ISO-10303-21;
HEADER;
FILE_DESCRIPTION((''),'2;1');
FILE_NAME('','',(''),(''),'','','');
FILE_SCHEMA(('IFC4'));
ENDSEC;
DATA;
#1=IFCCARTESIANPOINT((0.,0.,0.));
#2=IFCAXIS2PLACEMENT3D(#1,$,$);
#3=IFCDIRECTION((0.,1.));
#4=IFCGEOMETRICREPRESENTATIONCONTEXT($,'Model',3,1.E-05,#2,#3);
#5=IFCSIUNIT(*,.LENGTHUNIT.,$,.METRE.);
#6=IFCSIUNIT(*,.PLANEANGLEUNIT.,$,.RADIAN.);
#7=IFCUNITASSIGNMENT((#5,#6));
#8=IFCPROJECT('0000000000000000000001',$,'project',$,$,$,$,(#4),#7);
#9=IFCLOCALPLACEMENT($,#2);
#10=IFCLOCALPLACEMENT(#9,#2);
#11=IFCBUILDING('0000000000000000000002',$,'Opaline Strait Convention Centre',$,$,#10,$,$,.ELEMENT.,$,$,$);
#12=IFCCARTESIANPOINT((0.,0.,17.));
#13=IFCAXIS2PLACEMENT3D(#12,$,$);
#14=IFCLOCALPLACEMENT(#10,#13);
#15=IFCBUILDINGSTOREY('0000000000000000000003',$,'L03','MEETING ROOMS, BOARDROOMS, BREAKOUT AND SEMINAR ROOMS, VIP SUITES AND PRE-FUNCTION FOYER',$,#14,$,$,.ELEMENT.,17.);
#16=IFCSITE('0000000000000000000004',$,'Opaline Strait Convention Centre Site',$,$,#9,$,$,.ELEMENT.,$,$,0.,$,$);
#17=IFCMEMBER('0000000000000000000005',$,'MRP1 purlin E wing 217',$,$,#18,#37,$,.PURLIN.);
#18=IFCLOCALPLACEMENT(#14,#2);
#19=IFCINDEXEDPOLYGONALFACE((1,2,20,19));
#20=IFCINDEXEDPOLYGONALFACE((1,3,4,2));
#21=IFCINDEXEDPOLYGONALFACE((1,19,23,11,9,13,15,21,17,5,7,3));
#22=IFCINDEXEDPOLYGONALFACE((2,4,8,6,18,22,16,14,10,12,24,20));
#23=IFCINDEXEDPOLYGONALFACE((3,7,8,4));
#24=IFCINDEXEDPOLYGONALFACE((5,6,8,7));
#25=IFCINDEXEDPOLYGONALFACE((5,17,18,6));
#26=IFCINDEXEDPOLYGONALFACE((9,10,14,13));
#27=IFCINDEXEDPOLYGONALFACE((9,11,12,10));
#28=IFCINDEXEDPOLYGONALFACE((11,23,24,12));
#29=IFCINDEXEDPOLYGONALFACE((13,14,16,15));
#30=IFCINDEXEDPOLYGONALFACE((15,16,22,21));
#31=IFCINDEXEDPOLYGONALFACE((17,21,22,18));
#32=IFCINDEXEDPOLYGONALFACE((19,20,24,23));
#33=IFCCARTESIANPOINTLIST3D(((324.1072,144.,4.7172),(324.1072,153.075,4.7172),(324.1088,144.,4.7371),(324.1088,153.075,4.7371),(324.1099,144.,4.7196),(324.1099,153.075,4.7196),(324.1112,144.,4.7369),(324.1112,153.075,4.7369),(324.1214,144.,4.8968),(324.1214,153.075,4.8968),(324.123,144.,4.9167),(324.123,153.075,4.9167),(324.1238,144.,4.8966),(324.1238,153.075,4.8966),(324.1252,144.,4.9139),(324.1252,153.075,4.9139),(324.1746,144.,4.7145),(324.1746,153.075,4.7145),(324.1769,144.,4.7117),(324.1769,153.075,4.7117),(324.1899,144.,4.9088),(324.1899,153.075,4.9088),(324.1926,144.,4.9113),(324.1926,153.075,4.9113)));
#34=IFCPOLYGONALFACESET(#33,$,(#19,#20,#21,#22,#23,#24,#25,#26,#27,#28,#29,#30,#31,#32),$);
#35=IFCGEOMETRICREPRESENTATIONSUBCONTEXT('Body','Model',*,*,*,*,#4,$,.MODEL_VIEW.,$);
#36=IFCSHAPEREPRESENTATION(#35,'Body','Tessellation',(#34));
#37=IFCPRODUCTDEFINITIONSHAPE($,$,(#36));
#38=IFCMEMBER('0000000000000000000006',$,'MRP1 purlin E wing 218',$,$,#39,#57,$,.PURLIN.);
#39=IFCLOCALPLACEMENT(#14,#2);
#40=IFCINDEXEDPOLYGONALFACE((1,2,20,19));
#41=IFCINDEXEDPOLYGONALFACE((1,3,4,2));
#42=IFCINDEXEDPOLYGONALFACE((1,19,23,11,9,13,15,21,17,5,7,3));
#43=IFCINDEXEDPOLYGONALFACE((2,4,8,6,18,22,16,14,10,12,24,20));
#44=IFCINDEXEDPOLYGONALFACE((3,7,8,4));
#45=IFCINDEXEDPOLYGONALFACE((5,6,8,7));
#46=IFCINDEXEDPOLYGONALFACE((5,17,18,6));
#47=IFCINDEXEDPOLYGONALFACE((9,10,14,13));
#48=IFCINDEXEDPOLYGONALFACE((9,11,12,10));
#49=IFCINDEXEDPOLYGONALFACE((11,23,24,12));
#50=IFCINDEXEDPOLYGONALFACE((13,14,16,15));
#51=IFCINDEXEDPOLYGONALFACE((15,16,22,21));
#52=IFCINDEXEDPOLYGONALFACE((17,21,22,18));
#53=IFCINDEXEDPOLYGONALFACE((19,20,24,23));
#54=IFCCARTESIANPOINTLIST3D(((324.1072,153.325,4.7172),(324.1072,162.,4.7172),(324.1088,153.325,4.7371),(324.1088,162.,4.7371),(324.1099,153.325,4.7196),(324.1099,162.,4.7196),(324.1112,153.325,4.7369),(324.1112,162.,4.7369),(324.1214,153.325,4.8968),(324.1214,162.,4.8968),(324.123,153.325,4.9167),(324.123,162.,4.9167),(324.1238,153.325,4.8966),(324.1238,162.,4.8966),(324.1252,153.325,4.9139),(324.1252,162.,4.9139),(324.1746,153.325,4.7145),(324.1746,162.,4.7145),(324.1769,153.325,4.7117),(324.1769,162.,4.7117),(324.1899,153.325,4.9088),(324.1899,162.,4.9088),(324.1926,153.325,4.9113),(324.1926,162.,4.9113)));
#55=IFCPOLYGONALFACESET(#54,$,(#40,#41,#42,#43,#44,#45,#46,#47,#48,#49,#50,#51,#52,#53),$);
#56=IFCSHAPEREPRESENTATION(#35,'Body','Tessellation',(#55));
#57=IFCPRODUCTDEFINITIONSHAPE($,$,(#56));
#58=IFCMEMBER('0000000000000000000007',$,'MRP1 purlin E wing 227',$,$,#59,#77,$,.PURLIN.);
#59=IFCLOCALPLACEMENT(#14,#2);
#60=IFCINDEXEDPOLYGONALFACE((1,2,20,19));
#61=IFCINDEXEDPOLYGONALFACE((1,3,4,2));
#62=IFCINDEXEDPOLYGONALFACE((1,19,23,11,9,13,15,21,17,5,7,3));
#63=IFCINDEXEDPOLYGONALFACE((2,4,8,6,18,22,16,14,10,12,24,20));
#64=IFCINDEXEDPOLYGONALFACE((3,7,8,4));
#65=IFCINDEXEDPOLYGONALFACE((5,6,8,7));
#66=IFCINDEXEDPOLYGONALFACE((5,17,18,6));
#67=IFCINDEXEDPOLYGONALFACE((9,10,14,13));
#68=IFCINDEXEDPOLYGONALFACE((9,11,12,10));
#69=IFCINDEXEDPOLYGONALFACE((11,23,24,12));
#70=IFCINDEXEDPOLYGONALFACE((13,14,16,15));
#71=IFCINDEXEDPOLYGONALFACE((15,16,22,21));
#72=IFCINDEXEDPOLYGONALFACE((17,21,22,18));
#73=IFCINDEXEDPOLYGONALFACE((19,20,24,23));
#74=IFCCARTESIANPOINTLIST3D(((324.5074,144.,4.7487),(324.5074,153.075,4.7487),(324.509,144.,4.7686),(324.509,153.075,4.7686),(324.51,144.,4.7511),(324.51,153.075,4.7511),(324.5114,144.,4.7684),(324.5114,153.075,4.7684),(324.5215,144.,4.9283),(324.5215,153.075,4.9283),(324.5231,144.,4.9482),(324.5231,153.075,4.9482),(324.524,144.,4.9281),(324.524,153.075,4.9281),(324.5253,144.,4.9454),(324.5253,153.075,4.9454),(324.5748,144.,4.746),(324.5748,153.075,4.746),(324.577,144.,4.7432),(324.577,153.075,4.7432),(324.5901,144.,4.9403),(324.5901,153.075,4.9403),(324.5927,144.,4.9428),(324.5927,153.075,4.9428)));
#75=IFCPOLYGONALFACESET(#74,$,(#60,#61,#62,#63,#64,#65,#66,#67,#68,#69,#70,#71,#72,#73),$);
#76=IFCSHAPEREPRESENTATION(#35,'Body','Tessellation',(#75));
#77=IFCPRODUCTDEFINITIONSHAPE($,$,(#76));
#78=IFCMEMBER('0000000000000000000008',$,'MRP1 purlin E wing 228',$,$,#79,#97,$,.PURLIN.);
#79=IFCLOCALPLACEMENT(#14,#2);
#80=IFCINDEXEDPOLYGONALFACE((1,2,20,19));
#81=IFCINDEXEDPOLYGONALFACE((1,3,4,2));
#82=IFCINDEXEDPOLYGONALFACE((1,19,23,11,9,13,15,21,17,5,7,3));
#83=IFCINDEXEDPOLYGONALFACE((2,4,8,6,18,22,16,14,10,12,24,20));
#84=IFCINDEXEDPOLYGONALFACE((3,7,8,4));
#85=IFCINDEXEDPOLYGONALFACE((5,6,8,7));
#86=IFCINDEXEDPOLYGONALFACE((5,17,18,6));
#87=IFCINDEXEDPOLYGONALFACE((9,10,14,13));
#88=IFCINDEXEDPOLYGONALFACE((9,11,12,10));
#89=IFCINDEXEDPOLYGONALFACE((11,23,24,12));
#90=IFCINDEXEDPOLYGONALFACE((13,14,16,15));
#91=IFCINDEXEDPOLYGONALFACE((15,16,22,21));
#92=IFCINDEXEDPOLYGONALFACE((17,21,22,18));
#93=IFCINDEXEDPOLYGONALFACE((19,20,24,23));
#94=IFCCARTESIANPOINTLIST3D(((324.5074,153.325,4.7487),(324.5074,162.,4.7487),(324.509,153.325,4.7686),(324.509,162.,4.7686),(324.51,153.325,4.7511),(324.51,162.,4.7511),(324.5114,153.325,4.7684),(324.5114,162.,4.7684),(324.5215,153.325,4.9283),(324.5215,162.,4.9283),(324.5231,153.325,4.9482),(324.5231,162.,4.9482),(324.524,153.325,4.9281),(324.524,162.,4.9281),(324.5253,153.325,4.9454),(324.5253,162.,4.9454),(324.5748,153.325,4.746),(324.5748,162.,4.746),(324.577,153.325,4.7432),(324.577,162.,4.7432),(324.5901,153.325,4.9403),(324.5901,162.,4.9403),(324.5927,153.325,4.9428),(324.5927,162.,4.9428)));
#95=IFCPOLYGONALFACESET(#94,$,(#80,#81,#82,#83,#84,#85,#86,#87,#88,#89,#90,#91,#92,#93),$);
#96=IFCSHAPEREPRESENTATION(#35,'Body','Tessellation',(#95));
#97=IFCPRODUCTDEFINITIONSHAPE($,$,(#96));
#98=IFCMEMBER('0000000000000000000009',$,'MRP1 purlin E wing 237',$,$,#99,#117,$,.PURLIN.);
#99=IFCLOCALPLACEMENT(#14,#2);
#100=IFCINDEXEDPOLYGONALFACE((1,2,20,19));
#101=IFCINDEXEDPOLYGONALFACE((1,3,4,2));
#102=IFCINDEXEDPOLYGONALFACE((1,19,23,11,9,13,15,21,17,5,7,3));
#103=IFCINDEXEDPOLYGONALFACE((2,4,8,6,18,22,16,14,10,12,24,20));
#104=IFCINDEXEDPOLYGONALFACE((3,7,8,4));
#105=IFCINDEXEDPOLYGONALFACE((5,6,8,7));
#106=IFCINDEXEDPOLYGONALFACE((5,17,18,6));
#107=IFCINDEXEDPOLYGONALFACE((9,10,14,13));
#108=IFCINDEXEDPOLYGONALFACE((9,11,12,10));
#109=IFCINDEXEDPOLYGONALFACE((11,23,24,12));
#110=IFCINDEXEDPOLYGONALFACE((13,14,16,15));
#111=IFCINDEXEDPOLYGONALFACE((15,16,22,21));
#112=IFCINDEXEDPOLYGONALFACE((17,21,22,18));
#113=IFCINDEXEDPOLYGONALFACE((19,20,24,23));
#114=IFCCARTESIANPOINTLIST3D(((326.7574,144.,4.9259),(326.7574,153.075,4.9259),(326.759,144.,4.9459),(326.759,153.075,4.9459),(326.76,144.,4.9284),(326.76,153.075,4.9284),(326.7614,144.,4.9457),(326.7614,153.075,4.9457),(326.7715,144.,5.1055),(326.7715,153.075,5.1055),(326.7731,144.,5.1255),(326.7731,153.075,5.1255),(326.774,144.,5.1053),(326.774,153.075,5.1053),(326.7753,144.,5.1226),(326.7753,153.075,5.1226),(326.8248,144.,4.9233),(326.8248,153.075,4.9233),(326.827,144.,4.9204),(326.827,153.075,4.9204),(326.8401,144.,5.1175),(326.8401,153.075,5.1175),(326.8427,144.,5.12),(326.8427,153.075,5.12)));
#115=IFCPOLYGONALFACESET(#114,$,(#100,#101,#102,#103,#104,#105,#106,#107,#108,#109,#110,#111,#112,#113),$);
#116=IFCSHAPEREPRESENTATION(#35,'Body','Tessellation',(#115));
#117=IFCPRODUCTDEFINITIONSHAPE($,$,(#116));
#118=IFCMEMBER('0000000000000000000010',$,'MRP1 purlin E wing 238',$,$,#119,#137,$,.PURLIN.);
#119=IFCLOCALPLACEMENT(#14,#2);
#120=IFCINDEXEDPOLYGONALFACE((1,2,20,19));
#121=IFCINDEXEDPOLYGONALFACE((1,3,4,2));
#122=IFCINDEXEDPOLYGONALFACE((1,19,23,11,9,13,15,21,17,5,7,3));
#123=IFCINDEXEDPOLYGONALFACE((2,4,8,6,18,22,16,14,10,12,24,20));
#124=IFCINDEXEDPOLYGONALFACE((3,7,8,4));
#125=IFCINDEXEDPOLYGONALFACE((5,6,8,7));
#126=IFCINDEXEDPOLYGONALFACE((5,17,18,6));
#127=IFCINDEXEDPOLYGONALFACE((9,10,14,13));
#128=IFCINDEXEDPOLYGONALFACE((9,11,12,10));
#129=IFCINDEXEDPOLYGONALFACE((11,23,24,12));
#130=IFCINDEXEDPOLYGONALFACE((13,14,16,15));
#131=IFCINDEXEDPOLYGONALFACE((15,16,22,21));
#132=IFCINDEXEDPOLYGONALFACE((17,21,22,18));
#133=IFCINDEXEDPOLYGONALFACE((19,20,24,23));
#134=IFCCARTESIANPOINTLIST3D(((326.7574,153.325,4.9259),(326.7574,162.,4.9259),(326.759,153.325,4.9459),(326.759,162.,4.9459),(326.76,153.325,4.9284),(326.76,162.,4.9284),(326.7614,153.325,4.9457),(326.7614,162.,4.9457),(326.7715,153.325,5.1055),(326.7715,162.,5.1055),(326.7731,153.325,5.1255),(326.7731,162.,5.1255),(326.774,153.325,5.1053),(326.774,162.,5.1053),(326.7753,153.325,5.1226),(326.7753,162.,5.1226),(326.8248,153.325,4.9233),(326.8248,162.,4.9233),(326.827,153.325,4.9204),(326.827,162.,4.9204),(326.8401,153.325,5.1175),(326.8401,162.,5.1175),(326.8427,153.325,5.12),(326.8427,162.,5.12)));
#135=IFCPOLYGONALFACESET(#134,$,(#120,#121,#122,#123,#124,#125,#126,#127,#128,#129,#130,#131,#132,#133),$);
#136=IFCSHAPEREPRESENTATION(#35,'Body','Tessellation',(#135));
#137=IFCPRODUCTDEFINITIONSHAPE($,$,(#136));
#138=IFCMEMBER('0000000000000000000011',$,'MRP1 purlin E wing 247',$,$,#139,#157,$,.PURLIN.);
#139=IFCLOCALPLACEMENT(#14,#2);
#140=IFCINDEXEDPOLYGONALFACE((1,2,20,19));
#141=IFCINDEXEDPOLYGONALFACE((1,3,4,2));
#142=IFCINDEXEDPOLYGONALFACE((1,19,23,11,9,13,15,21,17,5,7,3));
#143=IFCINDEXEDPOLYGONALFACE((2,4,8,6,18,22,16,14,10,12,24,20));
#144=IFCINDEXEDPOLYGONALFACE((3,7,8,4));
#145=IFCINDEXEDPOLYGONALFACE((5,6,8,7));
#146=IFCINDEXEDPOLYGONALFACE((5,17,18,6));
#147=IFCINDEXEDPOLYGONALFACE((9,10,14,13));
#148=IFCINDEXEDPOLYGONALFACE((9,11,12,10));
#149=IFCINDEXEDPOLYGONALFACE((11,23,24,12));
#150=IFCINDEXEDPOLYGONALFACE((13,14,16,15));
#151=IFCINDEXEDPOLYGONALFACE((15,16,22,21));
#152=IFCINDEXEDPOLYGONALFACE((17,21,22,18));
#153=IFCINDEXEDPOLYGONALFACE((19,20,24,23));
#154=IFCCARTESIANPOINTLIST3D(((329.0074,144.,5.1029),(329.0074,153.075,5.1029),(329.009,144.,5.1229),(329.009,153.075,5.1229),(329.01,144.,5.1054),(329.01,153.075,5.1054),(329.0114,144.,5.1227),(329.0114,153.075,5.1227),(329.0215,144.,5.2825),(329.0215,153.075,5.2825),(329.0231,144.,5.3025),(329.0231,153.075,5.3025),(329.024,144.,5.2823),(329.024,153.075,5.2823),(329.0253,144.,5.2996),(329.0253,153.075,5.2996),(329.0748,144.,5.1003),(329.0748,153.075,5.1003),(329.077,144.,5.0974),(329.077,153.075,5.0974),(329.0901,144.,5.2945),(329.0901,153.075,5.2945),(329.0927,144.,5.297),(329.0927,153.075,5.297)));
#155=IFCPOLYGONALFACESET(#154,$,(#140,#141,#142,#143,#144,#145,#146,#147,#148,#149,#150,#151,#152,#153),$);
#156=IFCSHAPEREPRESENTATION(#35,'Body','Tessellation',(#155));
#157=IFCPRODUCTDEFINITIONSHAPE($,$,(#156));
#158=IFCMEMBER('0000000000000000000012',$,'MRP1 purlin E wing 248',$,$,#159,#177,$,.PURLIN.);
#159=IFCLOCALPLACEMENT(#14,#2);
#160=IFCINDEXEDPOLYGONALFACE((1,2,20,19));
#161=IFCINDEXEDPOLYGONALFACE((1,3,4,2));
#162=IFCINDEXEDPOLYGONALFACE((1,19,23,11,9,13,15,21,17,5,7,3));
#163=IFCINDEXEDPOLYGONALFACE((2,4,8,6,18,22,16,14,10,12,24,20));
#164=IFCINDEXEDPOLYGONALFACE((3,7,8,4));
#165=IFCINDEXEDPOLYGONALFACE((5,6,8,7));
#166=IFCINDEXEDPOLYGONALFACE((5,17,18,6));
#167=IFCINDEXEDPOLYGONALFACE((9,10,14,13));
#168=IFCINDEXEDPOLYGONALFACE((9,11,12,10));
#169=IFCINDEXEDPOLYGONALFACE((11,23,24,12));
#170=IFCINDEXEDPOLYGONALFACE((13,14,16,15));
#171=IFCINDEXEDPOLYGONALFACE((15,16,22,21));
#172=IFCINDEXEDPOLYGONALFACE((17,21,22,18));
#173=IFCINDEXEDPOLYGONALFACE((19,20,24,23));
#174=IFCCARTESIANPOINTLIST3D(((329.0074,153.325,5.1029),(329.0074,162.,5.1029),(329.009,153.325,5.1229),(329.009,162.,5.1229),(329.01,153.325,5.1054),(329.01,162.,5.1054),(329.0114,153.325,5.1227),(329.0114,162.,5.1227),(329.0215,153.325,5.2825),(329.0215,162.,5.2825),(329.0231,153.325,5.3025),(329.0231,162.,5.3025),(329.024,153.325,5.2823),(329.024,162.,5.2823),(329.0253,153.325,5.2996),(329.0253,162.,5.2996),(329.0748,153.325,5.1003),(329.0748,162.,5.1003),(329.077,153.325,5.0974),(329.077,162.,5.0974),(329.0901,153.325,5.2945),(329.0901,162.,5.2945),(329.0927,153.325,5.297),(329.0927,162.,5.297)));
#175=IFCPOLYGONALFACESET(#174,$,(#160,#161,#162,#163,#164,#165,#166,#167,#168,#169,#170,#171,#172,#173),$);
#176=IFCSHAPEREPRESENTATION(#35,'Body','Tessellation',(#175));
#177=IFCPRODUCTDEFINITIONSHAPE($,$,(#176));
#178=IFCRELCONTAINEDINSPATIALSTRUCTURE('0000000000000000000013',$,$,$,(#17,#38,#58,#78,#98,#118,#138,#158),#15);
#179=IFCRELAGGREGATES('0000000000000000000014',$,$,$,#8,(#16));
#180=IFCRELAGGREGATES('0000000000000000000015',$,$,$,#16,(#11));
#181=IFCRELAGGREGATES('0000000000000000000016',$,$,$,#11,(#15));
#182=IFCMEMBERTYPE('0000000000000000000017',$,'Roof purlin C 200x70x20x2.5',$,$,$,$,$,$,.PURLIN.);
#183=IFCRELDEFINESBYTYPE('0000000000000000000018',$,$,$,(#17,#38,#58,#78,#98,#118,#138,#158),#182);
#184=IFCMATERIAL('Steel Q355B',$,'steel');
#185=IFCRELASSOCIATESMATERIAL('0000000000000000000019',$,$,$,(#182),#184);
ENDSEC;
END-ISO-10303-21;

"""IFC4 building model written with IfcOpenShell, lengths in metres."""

from ifc_helpers import new_model, si_unit, direction, frame, origin, place, context, subcontext, project, spatial, polyline, outline, extrude, material, material_profile, profile_set, type_object, element, save


model = new_model("IFC4")

# Units and contexts
model_context = context("Model", 3, precision=1e-05, world=origin(), true_north=direction((0.0, 1.0)))
body_context = subcontext(model_context, "Body", "Model", "MODEL_VIEW")
ifc_project = project(units=[si_unit("LENGTHUNIT", "METRE"), si_unit("PLANEANGLEUNIT", "RADIAN")], contexts=[model_context])

# Site, building, storey
site_placement = place(None, origin())
site = spatial("IfcSite", under=ifc_project, at=site_placement, Name="Opaline Strait Convention Centre Site", CompositionType="ELEMENT", RefElevation=0.0)
building_placement = place(site_placement, origin())
building = spatial("IfcBuilding", under=site, at=building_placement, Name="Opaline Strait Convention Centre", CompositionType="ELEMENT")
storey_placement = place(building_placement, frame((0.0, 0.0, 17.0)))
storey = spatial("IfcBuildingStorey", under=building, at=storey_placement, Name="L03", Description="MEETING ROOMS, BOARDROOMS, BREAKOUT AND SEMINAR ROOMS, VIP SUITES AND PRE-FUNCTION FOYER", CompositionType="ELEMENT", Elevation=17.0)

# Members
ifc_material_1 = material(Name="Steel Q355B", Category="steel")
ifc_material_profile_1 = material_profile(ifc_material_1, outline(polyline([(-0.0349, -0.1001), (0.0349, -0.1001), (0.0349, -0.0801), (0.0325, -0.0801), (0.0325, -0.0974), (-0.0325, -0.0974), (-0.0325, 0.0974), (0.0325, 0.0974), (0.0325, 0.0801), (0.0349, 0.0801), (0.0349, 0.1001), (-0.0349, 0.1001), (-0.0349, -0.1001)])), Name="C 200x70x20x2.5")
ifc_profile_set_1 = profile_set([ifc_material_profile_1], Name="Steel Q355B")
member_type_1 = type_object("IfcMemberType", Name="Roof purlin C 200x70x20x2.5", PredefinedType="PURLIN", material=ifc_profile_set_1)
member_1_placement = place(storey_placement, frame((324.1499, 144.0, 4.8142), z_axis=(0.0, 1.0, 0.0), x_axis=(-0.996917, 0.0, 0.078459)))
element("IfcMember", 1, at=member_1_placement, inside=storey, type_object=member_type_1, Name="MRP1 purlin E wing 217", PredefinedType="PURLIN", context=body_context, shape_type="SweptSolid", body=[
    extrude(outline(polyline([(-0.0349, -0.1001), (0.0349, -0.1001), (0.0349, -0.0801), (0.0325, -0.0801), (0.0325, -0.0974), (-0.0325, -0.0974), (-0.0325, 0.0974), (0.0325, 0.0974), (0.0325, 0.0801), (0.0349, 0.0801), (0.0349, 0.1001), (-0.0349, 0.1001), (-0.0349, -0.1001)])), origin(), (0.0, 0.0, 1.0), 9.075),
])
member_2_placement = place(storey_placement, frame((324.1499, 153.325, 4.8142), z_axis=(0.0, 1.0, 0.0), x_axis=(-0.996917, 0.0, 0.078459)))
element("IfcMember", 2, at=member_2_placement, inside=storey, type_object=member_type_1, Name="MRP1 purlin E wing 218", PredefinedType="PURLIN", context=body_context, shape_type="SweptSolid", body=[
    extrude(outline(polyline([(-0.0349, -0.1001), (0.0349, -0.1001), (0.0349, -0.0801), (0.0325, -0.0801), (0.0325, -0.0974), (-0.0325, -0.0974), (-0.0325, 0.0974), (0.0325, 0.0974), (0.0325, 0.0801), (0.0349, 0.0801), (0.0349, 0.1001), (-0.0349, 0.1001), (-0.0349, -0.1001)])), origin(), (0.0, 0.0, 1.0), 8.675),
])
member_3_placement = place(storey_placement, frame((324.55, 144.0, 4.8457), z_axis=(0.0, 1.0, 0.0), x_axis=(-0.996917, 0.0, 0.078459)))
element("IfcMember", 3, at=member_3_placement, inside=storey, type_object=member_type_1, Name="MRP1 purlin E wing 227", PredefinedType="PURLIN", context=body_context, shape_type="SweptSolid", body=[
    extrude(outline(polyline([(-0.0349, -0.1001), (0.0349, -0.1001), (0.0349, -0.0801), (0.0325, -0.0801), (0.0325, -0.0974), (-0.0325, -0.0974), (-0.0325, 0.0974), (0.0325, 0.0974), (0.0325, 0.0801), (0.0349, 0.0801), (0.0349, 0.1001), (-0.0349, 0.1001), (-0.0349, -0.1001)])), origin(), (0.0, 0.0, 1.0), 9.075),
])
member_4_placement = place(storey_placement, frame((324.55, 153.325, 4.8457), z_axis=(0.0, 1.0, 0.0), x_axis=(-0.996917, 0.0, 0.078459)))
element("IfcMember", 4, at=member_4_placement, inside=storey, type_object=member_type_1, Name="MRP1 purlin E wing 228", PredefinedType="PURLIN", context=body_context, shape_type="SweptSolid", body=[
    extrude(outline(polyline([(-0.0349, -0.1001), (0.0349, -0.1001), (0.0349, -0.0801), (0.0325, -0.0801), (0.0325, -0.0974), (-0.0325, -0.0974), (-0.0325, 0.0974), (0.0325, 0.0974), (0.0325, 0.0801), (0.0349, 0.0801), (0.0349, 0.1001), (-0.0349, 0.1001), (-0.0349, -0.1001)])), origin(), (0.0, 0.0, 1.0), 8.675),
])
member_5_placement = place(storey_placement, frame((326.8, 144.0, 5.0229), z_axis=(0.0, 1.0, 0.0), x_axis=(-0.996917, 0.0, 0.078459)))
element("IfcMember", 5, at=member_5_placement, inside=storey, type_object=member_type_1, Name="MRP1 purlin E wing 237", PredefinedType="PURLIN", context=body_context, shape_type="SweptSolid", body=[
    extrude(outline(polyline([(-0.0349, -0.1001), (0.0349, -0.1001), (0.0349, -0.0801), (0.0325, -0.0801), (0.0325, -0.0974), (-0.0325, -0.0974), (-0.0325, 0.0974), (0.0325, 0.0974), (0.0325, 0.0801), (0.0349, 0.0801), (0.0349, 0.1001), (-0.0349, 0.1001), (-0.0349, -0.1001)])), origin(), (0.0, 0.0, 1.0), 9.075),
])
member_6_placement = place(storey_placement, frame((326.8, 153.325, 5.0229), z_axis=(0.0, 1.0, 0.0), x_axis=(-0.996917, 0.0, 0.078459)))
element("IfcMember", 6, at=member_6_placement, inside=storey, type_object=member_type_1, Name="MRP1 purlin E wing 238", PredefinedType="PURLIN", context=body_context, shape_type="SweptSolid", body=[
    extrude(outline(polyline([(-0.0349, -0.1001), (0.0349, -0.1001), (0.0349, -0.0801), (0.0325, -0.0801), (0.0325, -0.0974), (-0.0325, -0.0974), (-0.0325, 0.0974), (0.0325, 0.0974), (0.0325, 0.0801), (0.0349, 0.0801), (0.0349, 0.1001), (-0.0349, 0.1001), (-0.0349, -0.1001)])), origin(), (0.0, 0.0, 1.0), 8.675),
])
member_7_placement = place(storey_placement, frame((329.05, 144.0, 5.2), z_axis=(0.0, 1.0, 0.0), x_axis=(-0.996917, 0.0, 0.078459)))
element("IfcMember", 7, at=member_7_placement, inside=storey, type_object=member_type_1, Name="MRP1 purlin E wing 247", PredefinedType="PURLIN", context=body_context, shape_type="SweptSolid", body=[
    extrude(outline(polyline([(-0.0349, -0.1001), (0.0349, -0.1001), (0.0349, -0.0801), (0.0325, -0.0801), (0.0325, -0.0974), (-0.0325, -0.0974), (-0.0325, 0.0974), (0.0325, 0.0974), (0.0325, 0.0801), (0.0349, 0.0801), (0.0349, 0.1001), (-0.0349, 0.1001), (-0.0349, -0.1001)])), origin(), (0.0, 0.0, 1.0), 9.075),
])
member_8_placement = place(storey_placement, frame((329.05, 153.325, 5.2), z_axis=(0.0, 1.0, 0.0), x_axis=(-0.996917, 0.0, 0.078459)))
element("IfcMember", 8, at=member_8_placement, inside=storey, type_object=member_type_1, Name="MRP1 purlin E wing 248", PredefinedType="PURLIN", context=body_context, shape_type="SweptSolid", body=[
    extrude(outline(polyline([(-0.0349, -0.1001), (0.0349, -0.1001), (0.0349, -0.0801), (0.0325, -0.0801), (0.0325, -0.0974), (-0.0325, -0.0974), (-0.0325, 0.0974), (0.0325, 0.0974), (0.0325, 0.0801), (0.0349, 0.0801), (0.0349, 0.1001), (-0.0349, 0.1001), (-0.0349, -0.1001)])), origin(), (0.0, 0.0, 1.0), 8.675),
])

save(model, "model.ifc")
